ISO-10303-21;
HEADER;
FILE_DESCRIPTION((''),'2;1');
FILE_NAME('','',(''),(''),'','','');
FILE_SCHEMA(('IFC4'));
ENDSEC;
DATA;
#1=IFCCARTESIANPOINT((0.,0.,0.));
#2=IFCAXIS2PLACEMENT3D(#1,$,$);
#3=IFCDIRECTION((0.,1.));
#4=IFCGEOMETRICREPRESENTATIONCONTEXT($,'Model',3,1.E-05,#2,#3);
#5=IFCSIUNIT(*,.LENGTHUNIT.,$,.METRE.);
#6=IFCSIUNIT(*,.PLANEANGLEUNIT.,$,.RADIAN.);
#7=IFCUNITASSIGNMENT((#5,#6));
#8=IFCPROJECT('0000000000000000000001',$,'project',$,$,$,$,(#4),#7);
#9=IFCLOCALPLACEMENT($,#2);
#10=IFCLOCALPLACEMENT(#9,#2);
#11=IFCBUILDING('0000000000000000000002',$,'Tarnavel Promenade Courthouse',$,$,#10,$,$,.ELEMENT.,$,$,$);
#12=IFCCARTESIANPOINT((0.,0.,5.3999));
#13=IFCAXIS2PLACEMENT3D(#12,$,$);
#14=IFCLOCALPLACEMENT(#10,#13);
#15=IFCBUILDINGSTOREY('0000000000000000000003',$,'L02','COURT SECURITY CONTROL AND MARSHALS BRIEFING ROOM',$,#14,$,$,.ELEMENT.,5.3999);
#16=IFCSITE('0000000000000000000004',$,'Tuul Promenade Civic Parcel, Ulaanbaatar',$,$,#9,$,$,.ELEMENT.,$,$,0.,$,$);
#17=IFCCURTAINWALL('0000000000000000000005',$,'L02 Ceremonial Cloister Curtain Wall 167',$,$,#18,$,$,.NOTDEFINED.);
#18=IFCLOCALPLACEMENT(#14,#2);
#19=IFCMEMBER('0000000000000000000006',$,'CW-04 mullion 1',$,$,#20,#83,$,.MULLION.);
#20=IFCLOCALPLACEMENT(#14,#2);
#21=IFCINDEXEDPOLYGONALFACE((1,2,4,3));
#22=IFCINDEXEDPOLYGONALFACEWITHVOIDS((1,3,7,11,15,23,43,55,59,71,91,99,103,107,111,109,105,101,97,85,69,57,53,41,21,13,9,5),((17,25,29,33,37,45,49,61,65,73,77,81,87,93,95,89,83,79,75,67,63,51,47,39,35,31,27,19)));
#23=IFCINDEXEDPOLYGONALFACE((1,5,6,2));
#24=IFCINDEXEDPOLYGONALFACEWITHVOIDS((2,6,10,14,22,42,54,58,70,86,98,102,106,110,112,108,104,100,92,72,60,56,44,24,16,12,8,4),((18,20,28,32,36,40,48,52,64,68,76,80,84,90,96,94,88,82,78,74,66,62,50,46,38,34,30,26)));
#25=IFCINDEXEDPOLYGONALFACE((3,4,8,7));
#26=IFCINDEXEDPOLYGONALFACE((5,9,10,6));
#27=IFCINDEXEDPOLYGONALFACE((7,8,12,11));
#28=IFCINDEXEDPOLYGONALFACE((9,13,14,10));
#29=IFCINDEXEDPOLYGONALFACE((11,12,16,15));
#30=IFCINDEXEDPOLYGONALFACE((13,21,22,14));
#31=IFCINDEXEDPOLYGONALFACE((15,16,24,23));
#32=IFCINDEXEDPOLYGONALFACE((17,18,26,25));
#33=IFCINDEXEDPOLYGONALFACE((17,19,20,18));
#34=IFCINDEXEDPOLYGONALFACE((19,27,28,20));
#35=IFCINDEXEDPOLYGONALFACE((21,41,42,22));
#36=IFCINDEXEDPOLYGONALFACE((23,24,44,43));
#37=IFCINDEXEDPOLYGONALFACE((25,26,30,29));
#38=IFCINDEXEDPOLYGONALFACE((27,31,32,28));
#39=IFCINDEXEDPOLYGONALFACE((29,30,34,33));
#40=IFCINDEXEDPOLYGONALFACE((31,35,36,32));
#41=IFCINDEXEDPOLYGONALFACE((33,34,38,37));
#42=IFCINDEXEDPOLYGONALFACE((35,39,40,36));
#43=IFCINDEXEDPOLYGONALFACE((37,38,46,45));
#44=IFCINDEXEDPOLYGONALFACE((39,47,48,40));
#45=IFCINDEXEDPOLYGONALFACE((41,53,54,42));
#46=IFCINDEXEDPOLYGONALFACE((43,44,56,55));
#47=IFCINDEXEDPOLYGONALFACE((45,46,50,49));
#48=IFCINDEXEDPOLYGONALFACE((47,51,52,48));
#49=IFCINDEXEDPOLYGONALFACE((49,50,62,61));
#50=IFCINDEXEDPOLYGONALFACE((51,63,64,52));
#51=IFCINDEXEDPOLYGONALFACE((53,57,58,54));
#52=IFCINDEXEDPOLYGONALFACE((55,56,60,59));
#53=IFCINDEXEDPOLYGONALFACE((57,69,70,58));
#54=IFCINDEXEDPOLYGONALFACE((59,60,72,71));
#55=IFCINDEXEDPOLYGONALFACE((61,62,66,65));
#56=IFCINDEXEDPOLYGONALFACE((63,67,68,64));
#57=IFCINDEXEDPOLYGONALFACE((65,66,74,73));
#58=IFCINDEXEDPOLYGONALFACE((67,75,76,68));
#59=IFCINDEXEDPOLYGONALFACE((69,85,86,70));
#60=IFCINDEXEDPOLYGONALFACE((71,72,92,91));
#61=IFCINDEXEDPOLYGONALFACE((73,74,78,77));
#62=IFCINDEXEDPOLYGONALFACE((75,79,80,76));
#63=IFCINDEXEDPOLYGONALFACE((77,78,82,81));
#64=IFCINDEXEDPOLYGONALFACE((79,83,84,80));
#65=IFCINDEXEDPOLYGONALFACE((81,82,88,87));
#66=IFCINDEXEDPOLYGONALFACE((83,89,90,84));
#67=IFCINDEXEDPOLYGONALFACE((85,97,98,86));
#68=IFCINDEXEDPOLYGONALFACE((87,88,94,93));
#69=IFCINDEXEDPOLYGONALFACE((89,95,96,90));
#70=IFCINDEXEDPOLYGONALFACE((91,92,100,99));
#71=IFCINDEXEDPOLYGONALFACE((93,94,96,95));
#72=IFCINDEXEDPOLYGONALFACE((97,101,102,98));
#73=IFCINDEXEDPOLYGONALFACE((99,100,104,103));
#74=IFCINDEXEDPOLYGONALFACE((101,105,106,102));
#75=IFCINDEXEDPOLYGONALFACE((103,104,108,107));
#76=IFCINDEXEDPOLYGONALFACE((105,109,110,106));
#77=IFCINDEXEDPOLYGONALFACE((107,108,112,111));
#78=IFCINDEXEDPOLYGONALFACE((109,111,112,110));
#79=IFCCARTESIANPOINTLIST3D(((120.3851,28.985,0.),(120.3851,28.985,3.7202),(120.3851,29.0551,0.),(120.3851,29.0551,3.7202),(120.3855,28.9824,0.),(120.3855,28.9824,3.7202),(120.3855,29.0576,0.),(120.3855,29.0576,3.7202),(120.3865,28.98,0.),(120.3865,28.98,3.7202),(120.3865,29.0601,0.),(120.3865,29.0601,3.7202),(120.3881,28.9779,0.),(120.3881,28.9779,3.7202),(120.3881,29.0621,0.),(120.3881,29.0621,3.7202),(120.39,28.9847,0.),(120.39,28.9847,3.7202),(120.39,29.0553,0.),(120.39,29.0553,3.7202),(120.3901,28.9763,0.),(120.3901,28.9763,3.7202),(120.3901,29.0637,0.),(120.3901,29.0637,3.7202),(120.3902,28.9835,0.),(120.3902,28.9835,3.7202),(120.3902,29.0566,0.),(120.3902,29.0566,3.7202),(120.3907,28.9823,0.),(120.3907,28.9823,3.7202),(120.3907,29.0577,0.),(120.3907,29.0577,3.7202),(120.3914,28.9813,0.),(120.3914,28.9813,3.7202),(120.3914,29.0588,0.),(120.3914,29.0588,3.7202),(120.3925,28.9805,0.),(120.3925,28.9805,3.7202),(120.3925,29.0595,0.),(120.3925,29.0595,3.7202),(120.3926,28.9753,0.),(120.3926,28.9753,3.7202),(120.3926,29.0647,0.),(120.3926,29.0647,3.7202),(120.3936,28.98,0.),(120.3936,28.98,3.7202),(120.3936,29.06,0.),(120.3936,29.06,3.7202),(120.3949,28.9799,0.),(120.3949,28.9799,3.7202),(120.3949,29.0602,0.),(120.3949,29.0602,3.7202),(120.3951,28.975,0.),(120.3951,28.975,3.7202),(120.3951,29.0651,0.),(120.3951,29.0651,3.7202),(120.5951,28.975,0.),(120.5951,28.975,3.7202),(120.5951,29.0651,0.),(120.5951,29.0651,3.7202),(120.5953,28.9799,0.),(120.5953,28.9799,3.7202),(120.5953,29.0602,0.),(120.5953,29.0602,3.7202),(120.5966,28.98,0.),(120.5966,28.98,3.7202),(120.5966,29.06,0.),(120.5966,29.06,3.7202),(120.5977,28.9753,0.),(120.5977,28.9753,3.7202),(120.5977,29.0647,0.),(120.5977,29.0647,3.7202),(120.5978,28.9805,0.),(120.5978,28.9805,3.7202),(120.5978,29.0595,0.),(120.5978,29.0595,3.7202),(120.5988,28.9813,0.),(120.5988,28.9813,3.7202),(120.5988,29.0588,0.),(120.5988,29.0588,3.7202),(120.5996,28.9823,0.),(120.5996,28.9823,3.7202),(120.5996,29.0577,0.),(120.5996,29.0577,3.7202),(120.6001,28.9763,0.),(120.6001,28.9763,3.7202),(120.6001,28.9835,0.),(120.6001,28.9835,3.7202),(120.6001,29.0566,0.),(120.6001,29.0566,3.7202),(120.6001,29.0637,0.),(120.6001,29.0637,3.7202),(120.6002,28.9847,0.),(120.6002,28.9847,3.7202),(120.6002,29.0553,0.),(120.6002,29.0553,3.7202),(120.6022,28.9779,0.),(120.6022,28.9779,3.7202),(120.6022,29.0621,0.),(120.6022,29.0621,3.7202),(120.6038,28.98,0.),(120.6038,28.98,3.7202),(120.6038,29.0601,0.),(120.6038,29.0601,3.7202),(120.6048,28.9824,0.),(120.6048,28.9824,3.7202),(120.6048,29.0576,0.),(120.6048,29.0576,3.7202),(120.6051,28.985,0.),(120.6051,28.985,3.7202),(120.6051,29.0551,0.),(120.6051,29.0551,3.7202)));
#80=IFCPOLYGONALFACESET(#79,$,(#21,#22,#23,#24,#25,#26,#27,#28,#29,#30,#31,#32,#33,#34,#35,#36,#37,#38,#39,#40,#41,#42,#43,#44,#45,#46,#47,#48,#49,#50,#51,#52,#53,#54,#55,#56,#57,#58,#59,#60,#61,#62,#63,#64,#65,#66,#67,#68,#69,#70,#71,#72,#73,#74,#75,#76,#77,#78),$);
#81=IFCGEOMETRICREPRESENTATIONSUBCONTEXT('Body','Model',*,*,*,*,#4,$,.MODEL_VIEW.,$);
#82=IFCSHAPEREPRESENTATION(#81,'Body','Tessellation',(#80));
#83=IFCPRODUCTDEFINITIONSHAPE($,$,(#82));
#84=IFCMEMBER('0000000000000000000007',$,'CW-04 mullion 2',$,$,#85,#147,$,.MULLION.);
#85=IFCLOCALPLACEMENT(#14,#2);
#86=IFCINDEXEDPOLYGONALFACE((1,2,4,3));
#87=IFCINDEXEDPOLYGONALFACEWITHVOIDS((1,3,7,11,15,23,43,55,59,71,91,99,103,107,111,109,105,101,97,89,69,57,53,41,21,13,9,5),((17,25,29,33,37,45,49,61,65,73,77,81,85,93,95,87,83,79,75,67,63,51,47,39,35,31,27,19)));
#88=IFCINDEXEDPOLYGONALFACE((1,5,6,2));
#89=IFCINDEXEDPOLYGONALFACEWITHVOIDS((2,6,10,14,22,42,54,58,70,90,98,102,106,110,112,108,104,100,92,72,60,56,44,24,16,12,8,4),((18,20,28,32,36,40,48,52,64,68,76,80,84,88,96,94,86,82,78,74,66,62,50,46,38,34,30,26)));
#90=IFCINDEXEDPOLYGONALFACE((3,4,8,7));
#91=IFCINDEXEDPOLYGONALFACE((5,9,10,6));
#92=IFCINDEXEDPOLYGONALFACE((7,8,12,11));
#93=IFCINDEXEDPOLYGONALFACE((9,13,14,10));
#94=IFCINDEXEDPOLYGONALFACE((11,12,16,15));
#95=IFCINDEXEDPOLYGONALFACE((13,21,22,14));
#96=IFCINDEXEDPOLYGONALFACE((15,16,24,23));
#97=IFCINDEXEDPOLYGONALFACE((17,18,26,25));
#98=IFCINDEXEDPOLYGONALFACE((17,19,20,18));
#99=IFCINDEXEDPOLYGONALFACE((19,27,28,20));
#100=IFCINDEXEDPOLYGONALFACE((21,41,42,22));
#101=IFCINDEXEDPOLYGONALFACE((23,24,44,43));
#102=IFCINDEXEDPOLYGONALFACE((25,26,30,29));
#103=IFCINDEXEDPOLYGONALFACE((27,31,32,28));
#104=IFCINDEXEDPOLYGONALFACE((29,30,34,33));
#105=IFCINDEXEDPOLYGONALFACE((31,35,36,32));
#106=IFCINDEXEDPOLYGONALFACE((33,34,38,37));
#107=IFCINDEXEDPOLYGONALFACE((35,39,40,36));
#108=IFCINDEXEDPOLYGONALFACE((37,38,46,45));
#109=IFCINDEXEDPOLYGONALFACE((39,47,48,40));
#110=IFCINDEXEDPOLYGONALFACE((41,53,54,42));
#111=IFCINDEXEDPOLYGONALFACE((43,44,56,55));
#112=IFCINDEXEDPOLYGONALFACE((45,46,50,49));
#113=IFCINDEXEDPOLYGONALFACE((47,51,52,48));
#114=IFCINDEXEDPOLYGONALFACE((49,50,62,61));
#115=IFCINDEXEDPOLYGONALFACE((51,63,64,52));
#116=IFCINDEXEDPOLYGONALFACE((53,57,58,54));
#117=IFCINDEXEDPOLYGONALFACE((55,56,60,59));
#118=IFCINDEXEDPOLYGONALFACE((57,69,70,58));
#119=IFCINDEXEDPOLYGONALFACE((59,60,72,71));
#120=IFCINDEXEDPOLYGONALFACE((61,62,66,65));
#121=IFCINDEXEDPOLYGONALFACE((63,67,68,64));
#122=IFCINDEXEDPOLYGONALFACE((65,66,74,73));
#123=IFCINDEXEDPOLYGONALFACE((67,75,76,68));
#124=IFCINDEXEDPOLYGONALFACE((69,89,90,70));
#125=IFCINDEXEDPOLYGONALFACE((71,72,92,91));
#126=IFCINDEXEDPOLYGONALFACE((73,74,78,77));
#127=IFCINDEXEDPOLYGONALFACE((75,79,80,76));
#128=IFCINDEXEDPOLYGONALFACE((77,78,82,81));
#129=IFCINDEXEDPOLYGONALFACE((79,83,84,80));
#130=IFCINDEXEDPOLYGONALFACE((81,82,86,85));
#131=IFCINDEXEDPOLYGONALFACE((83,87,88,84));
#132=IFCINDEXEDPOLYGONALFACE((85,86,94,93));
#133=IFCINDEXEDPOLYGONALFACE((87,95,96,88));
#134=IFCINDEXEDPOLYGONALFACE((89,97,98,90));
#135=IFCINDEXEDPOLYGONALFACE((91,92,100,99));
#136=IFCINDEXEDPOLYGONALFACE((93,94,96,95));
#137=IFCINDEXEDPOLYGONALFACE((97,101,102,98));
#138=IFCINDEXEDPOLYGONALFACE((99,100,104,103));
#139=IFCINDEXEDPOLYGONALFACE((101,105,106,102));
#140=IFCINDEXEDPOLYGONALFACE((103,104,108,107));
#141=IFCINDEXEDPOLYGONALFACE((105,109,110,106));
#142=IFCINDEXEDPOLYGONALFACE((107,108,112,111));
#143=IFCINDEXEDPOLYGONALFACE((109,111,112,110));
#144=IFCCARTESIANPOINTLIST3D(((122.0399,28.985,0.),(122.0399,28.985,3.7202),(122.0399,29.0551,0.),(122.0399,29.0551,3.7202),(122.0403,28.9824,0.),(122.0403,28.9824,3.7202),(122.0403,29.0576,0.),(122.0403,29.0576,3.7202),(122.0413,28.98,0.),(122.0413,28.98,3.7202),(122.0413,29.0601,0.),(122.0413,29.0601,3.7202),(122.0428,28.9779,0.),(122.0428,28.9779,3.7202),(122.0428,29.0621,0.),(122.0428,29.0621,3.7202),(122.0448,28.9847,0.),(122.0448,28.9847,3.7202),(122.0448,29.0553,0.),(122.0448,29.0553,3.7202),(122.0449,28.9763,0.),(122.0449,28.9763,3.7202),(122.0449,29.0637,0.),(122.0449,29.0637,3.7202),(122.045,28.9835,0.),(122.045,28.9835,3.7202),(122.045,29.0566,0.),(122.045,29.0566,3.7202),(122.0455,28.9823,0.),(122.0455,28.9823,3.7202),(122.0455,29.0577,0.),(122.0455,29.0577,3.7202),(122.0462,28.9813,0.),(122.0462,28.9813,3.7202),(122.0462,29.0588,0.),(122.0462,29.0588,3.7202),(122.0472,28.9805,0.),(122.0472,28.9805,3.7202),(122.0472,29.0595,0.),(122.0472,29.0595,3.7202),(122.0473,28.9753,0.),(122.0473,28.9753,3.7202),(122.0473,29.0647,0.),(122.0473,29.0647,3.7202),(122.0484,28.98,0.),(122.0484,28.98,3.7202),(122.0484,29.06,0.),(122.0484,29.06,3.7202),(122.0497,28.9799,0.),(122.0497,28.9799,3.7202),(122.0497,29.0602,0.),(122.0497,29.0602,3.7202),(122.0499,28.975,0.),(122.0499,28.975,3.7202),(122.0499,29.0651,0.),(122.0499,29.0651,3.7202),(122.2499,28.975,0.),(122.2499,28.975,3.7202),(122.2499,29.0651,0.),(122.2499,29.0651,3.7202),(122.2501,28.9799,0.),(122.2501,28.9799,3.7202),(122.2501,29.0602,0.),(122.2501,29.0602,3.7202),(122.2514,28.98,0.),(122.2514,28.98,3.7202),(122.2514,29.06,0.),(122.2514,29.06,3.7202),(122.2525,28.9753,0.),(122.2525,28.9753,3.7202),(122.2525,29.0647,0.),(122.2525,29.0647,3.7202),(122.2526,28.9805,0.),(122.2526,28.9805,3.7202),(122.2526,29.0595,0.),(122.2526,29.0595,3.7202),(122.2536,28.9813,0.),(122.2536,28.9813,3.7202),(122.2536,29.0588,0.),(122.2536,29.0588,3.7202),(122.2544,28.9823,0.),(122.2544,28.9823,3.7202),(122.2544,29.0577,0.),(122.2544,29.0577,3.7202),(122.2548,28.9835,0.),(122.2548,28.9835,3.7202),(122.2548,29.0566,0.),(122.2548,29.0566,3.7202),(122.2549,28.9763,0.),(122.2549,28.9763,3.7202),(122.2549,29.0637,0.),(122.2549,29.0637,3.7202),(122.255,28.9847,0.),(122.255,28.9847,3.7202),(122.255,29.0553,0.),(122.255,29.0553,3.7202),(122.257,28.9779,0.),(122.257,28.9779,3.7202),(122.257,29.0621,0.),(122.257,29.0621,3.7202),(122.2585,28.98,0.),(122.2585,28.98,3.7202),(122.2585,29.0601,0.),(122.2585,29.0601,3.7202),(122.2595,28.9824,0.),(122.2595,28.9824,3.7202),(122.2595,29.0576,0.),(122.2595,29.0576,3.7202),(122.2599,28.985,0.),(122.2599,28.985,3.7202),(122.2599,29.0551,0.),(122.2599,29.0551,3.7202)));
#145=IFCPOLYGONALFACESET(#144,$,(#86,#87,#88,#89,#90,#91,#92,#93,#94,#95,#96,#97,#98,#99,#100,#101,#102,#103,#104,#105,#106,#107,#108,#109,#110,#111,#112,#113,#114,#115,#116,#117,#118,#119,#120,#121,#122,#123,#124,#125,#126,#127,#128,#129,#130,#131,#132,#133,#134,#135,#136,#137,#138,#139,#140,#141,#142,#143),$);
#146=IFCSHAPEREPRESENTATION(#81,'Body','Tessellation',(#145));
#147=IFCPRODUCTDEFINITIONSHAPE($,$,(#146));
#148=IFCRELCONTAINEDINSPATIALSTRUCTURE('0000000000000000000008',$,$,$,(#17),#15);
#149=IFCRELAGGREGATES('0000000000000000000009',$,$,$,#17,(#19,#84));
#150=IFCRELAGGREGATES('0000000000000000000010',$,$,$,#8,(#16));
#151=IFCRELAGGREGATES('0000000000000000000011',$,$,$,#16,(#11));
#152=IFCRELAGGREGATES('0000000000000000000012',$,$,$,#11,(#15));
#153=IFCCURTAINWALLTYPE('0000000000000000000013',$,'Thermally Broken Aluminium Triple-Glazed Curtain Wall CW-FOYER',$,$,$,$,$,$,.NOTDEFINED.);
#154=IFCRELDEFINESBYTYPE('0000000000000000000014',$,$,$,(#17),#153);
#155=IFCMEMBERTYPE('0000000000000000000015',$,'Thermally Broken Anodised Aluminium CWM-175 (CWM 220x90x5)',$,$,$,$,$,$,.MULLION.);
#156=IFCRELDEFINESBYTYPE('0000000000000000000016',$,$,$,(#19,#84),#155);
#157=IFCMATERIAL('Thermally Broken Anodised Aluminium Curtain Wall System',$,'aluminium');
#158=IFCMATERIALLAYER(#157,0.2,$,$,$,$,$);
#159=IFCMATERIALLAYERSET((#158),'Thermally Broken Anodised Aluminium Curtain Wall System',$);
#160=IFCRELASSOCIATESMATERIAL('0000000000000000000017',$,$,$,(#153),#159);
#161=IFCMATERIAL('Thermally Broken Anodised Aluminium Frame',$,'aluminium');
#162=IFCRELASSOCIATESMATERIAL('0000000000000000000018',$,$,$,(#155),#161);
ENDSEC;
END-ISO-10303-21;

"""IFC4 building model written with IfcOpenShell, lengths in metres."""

from ifc_helpers import new_model, si_unit, direction, frame, origin, origin_2d, place, context, subcontext, project, spatial, hollow_rectangle, extrude, material, layer, layer_set, material_profile, profile_set, type_object, element, aggregate, save


model = new_model("IFC4")

# Units and contexts
model_context = context("Model", 3, precision=1e-05, world=origin(), true_north=direction((0.0, 1.0)))
body_context = subcontext(model_context, "Body", "Model", "MODEL_VIEW")
ifc_project = project(units=[si_unit("LENGTHUNIT", "METRE"), si_unit("PLANEANGLEUNIT", "RADIAN")], contexts=[model_context])

# Site, building, storey
site_placement = place(None, origin())
site = spatial("IfcSite", under=ifc_project, at=site_placement, Name="Tuul Promenade Civic Parcel, Ulaanbaatar", CompositionType="ELEMENT", RefElevation=0.0)
building_placement = place(site_placement, origin())
building = spatial("IfcBuilding", under=site, at=building_placement, Name="Tarnavel Promenade Courthouse", CompositionType="ELEMENT")
storey_placement = place(building_placement, frame((0.0, 0.0, 5.3999)))
storey = spatial("IfcBuildingStorey", under=building, at=storey_placement, Name="L02", Description="COURT SECURITY CONTROL AND MARSHALS BRIEFING ROOM", CompositionType="ELEMENT", Elevation=5.3999)

# Curtain wall, members
ifc_material_1 = material(Name="Thermally Broken Anodised Aluminium Curtain Wall System", Category="aluminium")
ifc_layer_1 = layer(ifc_material_1, 0.2)
ifc_layer_set_1 = layer_set([ifc_layer_1], Name="Thermally Broken Anodised Aluminium Curtain Wall System")
curtain_wall_type = type_object("IfcCurtainWallType", Name="Thermally Broken Aluminium Triple-Glazed Curtain Wall CW-FOYER", PredefinedType="NOTDEFINED", material=ifc_layer_set_1)
curtain_wall_1_placement = place(storey_placement, origin())
curtain_wall_1 = element("IfcCurtainWall", 1, at=curtain_wall_1_placement, inside=storey, type_object=curtain_wall_type, Name="L02 Ceremonial Cloister Curtain Wall 167", PredefinedType="NOTDEFINED")
ifc_material_2 = material(Name="Thermally Broken Anodised Aluminium Frame", Category="aluminium")
ifc_material_profile_1 = material_profile(ifc_material_2, hollow_rectangle(XDim=0.0901, YDim=0.22, WallThickness=0.0049, InnerFilletRadius=0.0049, OuterFilletRadius=0.01, at=origin_2d()), Name="CWM 220x90x5")
ifc_profile_set_1 = profile_set([ifc_material_profile_1], Name="Thermally Broken Anodised Aluminium Frame")
member_type_1 = type_object("IfcMemberType", Name="Thermally Broken Anodised Aluminium CWM-175 (CWM 220x90x5)", PredefinedType="MULLION", material=ifc_profile_set_1)
member_1_placement = place(storey_placement, frame((120.4951, 29.02, 0.0), z_axis=(0.0, 0.0, 1.0), x_axis=(0.0, 1.0, 0.0)))
member_1 = element("IfcMember", 2, at=member_1_placement, type_object=member_type_1, Name="CW-04 mullion 1", PredefinedType="MULLION", context=body_context, shape_type="SweptSolid", body=[
    extrude(hollow_rectangle(XDim=0.0901, YDim=0.22, WallThickness=0.0049, InnerFilletRadius=0.0049, OuterFilletRadius=0.01, at=origin_2d()), origin(), (0.0, 0.0, 1.0), 3.7202),
])
member_2_placement = place(storey_placement, frame((122.1499, 29.02, 0.0), z_axis=(0.0, 0.0, 1.0), x_axis=(0.0, 1.0, 0.0)))
member_2 = element("IfcMember", 3, at=member_2_placement, type_object=member_type_1, Name="CW-04 mullion 2", PredefinedType="MULLION", context=body_context, shape_type="SweptSolid", body=[
    extrude(hollow_rectangle(XDim=0.0901, YDim=0.22, WallThickness=0.0049, InnerFilletRadius=0.0049, OuterFilletRadius=0.01, at=origin_2d()), origin(), (0.0, 0.0, 1.0), 3.7202),
])

aggregate(curtain_wall_1, [member_1, member_2])

save(model, "model.ifc")
